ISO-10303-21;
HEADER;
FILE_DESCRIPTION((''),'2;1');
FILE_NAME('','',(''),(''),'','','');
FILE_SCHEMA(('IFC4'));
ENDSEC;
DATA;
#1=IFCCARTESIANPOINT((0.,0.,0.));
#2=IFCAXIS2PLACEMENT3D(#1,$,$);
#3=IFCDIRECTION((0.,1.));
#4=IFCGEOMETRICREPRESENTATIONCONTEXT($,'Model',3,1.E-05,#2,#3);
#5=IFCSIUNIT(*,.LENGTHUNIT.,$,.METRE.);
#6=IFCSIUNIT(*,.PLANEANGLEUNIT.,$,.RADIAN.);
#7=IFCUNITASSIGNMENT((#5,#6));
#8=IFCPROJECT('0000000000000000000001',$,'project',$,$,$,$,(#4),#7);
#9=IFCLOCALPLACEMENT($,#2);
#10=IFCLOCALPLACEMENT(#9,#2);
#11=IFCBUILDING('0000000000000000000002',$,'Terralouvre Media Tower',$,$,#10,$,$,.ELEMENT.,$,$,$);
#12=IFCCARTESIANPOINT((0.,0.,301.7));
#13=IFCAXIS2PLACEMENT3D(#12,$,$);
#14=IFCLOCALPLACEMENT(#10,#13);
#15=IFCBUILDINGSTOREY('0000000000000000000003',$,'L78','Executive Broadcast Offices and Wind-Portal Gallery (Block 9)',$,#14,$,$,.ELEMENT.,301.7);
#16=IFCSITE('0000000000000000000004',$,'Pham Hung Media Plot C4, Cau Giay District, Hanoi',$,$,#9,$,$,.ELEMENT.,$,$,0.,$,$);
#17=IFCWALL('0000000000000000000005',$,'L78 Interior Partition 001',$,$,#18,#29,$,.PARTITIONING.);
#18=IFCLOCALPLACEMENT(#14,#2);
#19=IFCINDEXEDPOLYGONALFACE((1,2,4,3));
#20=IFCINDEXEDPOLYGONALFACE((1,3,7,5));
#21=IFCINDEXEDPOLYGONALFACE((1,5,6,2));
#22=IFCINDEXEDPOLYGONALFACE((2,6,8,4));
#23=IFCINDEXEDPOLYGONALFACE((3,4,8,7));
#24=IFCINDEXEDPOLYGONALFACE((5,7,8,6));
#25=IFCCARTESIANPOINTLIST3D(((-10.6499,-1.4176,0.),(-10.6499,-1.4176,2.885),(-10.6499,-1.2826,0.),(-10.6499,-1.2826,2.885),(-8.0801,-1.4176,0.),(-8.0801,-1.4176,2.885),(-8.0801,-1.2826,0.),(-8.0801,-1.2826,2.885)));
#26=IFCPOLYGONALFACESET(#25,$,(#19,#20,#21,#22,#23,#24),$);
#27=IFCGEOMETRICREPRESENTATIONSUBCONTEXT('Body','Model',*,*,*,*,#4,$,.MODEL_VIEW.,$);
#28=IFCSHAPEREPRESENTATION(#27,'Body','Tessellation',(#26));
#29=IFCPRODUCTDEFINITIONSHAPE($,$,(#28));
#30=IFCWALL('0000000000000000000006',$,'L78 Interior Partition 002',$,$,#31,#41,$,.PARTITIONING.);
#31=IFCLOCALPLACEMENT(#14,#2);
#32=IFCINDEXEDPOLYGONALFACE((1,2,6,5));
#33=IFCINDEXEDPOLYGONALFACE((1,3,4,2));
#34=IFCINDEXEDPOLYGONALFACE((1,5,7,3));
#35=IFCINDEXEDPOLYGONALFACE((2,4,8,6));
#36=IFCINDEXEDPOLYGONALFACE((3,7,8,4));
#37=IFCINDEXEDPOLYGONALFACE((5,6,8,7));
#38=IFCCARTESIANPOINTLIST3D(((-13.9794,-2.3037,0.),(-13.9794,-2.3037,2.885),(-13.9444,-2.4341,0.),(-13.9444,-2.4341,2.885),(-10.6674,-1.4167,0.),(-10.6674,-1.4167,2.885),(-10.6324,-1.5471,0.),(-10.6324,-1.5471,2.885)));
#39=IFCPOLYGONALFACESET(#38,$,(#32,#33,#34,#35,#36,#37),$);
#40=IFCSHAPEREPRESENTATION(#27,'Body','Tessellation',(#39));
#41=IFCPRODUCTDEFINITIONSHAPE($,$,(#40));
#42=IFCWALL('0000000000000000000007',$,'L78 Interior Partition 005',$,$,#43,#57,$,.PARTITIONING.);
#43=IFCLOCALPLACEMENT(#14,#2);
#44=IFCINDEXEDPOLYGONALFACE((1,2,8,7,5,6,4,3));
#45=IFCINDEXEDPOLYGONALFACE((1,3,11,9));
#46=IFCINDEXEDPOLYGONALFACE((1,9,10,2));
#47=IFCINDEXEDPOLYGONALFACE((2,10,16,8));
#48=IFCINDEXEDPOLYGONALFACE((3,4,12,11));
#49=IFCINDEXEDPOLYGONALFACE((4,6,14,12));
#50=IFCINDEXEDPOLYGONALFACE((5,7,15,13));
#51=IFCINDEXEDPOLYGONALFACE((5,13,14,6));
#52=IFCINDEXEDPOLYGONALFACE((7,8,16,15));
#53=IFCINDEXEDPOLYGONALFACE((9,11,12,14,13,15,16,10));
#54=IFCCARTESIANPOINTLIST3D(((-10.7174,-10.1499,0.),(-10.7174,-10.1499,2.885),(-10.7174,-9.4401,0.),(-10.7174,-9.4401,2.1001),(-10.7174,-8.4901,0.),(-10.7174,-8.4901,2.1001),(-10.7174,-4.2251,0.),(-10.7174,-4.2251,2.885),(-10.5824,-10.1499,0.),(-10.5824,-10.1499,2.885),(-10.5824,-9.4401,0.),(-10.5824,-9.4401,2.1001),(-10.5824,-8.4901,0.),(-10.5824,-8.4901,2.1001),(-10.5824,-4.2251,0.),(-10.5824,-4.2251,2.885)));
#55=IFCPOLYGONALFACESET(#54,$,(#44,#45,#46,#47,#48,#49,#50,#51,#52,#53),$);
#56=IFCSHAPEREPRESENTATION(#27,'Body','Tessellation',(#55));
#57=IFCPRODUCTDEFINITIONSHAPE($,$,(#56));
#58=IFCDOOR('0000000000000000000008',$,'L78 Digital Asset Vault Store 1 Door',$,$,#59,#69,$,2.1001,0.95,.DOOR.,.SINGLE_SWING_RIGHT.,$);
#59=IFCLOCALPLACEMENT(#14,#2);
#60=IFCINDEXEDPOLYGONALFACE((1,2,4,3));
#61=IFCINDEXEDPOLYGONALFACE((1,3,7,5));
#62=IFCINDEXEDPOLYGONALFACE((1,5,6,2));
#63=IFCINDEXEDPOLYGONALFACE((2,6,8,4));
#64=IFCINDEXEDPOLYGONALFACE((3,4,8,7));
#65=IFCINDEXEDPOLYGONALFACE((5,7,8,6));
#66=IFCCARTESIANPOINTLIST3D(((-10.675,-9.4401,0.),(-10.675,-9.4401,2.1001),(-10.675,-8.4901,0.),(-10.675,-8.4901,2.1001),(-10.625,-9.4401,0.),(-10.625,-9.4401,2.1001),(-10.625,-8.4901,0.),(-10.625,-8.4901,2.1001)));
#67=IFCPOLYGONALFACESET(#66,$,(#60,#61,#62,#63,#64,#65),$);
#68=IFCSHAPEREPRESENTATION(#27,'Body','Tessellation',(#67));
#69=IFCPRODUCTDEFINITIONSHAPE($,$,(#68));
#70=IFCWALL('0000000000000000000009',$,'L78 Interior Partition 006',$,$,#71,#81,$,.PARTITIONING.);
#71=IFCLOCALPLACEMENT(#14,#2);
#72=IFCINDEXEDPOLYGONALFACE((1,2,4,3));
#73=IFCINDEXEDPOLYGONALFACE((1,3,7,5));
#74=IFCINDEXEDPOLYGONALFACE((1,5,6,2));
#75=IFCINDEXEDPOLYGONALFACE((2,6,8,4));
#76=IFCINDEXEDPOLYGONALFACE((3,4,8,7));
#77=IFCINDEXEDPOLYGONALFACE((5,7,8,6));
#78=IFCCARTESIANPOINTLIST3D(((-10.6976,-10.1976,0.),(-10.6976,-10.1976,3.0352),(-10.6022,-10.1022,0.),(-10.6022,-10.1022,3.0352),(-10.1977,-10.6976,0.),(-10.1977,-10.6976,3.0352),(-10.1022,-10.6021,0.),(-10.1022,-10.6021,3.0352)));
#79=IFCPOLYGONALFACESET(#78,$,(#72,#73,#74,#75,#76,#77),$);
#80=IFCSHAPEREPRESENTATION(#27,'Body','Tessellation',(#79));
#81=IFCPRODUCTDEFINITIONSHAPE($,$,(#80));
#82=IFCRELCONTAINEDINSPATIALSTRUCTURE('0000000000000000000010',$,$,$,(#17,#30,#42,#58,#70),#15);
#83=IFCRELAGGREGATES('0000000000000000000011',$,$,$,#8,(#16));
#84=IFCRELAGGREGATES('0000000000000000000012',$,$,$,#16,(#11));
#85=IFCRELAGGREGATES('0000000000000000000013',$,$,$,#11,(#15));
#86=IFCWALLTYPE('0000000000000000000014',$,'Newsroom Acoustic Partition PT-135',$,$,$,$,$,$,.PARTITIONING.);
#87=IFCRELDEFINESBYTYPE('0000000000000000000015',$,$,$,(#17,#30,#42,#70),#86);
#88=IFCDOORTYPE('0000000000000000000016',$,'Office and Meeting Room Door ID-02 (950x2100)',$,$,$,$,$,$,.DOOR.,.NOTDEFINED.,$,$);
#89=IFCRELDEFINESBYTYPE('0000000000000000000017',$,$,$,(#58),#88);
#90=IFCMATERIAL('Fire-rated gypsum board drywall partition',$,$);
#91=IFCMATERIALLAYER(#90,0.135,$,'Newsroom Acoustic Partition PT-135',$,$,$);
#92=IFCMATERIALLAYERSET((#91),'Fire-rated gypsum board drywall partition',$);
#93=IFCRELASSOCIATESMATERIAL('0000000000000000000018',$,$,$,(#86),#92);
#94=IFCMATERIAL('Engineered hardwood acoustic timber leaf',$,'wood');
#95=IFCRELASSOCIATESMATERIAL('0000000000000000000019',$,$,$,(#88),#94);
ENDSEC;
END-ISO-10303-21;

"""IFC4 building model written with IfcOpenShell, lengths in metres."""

from ifc_helpers import new_model, si_unit, direction, frame, frame_2d, origin, place, context, subcontext, project, spatial, rectangle, extrude, material, layer, layer_set, type_object, element, fill, save


model = new_model("IFC4")

# Units and contexts
model_context = context("Model", 3, precision=1e-05, world=origin(), true_north=direction((0.0, 1.0)))
body_context = subcontext(model_context, "Body", "Model", "MODEL_VIEW")
ifc_project = project(units=[si_unit("LENGTHUNIT", "METRE"), si_unit("PLANEANGLEUNIT", "RADIAN")], contexts=[model_context])

# Site, building, storey
site_placement = place(None, origin())
site = spatial("IfcSite", under=ifc_project, at=site_placement, Name="Pham Hung Media Plot C4, Cau Giay District, Hanoi", CompositionType="ELEMENT", RefElevation=0.0)
building_placement = place(site_placement, origin())
building = spatial("IfcBuilding", under=site, at=building_placement, Name="Terralouvre Media Tower", CompositionType="ELEMENT")
storey_placement = place(building_placement, frame((0.0, 0.0, 301.7)))
storey = spatial("IfcBuildingStorey", under=building, at=storey_placement, Name="L78", Description="Executive Broadcast Offices and Wind-Portal Gallery (Block 9)", CompositionType="ELEMENT", Elevation=301.7)

# Walls
ifc_material_1 = material(Name="Fire-rated gypsum board drywall partition")
ifc_layer_1 = layer(ifc_material_1, 0.135, Name="Newsroom Acoustic Partition PT-135")
ifc_layer_set_1 = layer_set([ifc_layer_1], Name="Fire-rated gypsum board drywall partition")
wall_type_1 = type_object("IfcWallType", Name="Newsroom Acoustic Partition PT-135", PredefinedType="PARTITIONING", material=ifc_layer_set_1)
wall_1_placement = place(storey_placement, frame((-8.0801, -1.3501, 0.0), z_axis=(0.0, 0.0, 1.0), x_axis=(-1.0, 0.0, 0.0)))
element("IfcWall", 1, at=wall_1_placement, inside=storey, type_object=wall_type_1, Name="L78 Interior Partition 001", PredefinedType="PARTITIONING", context=body_context, shape_type="SweptSolid", body=[
    extrude(rectangle(XDim=2.5698, YDim=0.135, at=frame_2d((1.2849, 0.0))), origin(), (0.0, 0.0, 1.0), 2.885),
])
wall_2_placement = place(storey_placement, frame((-10.6499, -1.4819, 0.0), z_axis=(0.0, 0.0, 1.0), x_axis=(-0.965961, -0.258686, 0.0)))
element("IfcWall", 2, at=wall_2_placement, inside=storey, type_object=wall_type_1, Name="L78 Interior Partition 002", PredefinedType="PARTITIONING", context=body_context, shape_type="SweptSolid", body=[
    extrude(rectangle(XDim=3.4287, YDim=0.135, at=frame_2d((1.7144, 0.0))), origin(), (0.0, 0.0, 1.0), 2.885),
])

# Wall, opening, door
wall_3_placement = place(storey_placement, frame((-10.6499, -4.2251, 0.0), z_axis=(0.0, 0.0, 1.0), x_axis=(0.0, -1.0, 0.0)))
wall_3 = element("IfcWall", 3, at=wall_3_placement, inside=storey, type_object=wall_type_1, Name="L78 Interior Partition 005", PredefinedType="PARTITIONING", context=body_context, shape_type="SweptSolid", body=[
    extrude(rectangle(XDim=5.9248, YDim=0.135, at=frame_2d((2.9624, 0.0))), origin(), (0.0, 0.0, 1.0), 2.885),
])
opening_1_placement = place(wall_3_placement, frame((4.2649, 0.0, 0.0)))
opening_1 = element("IfcOpeningElement", 4, at=opening_1_placement, cuts=wall_3, PredefinedType="OPENING", context=body_context, shape_type="SweptSolid", body=[
    extrude(rectangle(XDim=0.95, YDim=2.1001, at=frame_2d((0.4751, 1.05))), frame((0.0, 0.0774, 0.0), z_axis=(0.0, -1.0, 0.0), x_axis=(1.0, 0.0, 0.0)), (0.0, 0.0, 1.0), 0.155),
])
ifc_material_2 = material(Name="Engineered hardwood acoustic timber leaf", Category="wood")
door_type_1 = type_object("IfcDoorType", Name="Office and Meeting Room Door ID-02 (950x2100)", OperationType="NOTDEFINED", PredefinedType="DOOR", material=ifc_material_2)
door_1_placement = place(opening_1_placement, origin())
door_1 = element("IfcDoor", 5, at=door_1_placement, inside=storey, type_object=door_type_1, Name="L78 Digital Asset Vault Store 1 Door", OperationType="SINGLE_SWING_RIGHT", OverallHeight=2.1001, OverallWidth=0.95, PredefinedType="DOOR", context=body_context, shape_type="SweptSolid", body=[
    extrude(rectangle(XDim=0.95, YDim=2.1001, at=frame_2d((0.4751, 1.05))), frame((0.0, 0.0249, 0.0), z_axis=(0.0, -1.0, 0.0), x_axis=(1.0, 0.0, 0.0)), (0.0, 0.0, 1.0), 0.05),
])
fill(opening_1, door_1)

# Wall
wall_4_placement = place(storey_placement, frame((-10.6499, -10.1499, 0.0), z_axis=(0.0, 0.0, 1.0), x_axis=(0.707107, -0.707107, 0.0)))
element("IfcWall", 6, at=wall_4_placement, inside=storey, type_object=wall_type_1, Name="L78 Interior Partition 006", PredefinedType="PARTITIONING", context=body_context, shape_type="SweptSolid", body=[
    extrude(rectangle(XDim=0.707, YDim=0.135, at=frame_2d((0.3535, 0.0))), origin(), (0.0, 0.0, 1.0), 3.0352),
])

save(model, "model.ifc")
